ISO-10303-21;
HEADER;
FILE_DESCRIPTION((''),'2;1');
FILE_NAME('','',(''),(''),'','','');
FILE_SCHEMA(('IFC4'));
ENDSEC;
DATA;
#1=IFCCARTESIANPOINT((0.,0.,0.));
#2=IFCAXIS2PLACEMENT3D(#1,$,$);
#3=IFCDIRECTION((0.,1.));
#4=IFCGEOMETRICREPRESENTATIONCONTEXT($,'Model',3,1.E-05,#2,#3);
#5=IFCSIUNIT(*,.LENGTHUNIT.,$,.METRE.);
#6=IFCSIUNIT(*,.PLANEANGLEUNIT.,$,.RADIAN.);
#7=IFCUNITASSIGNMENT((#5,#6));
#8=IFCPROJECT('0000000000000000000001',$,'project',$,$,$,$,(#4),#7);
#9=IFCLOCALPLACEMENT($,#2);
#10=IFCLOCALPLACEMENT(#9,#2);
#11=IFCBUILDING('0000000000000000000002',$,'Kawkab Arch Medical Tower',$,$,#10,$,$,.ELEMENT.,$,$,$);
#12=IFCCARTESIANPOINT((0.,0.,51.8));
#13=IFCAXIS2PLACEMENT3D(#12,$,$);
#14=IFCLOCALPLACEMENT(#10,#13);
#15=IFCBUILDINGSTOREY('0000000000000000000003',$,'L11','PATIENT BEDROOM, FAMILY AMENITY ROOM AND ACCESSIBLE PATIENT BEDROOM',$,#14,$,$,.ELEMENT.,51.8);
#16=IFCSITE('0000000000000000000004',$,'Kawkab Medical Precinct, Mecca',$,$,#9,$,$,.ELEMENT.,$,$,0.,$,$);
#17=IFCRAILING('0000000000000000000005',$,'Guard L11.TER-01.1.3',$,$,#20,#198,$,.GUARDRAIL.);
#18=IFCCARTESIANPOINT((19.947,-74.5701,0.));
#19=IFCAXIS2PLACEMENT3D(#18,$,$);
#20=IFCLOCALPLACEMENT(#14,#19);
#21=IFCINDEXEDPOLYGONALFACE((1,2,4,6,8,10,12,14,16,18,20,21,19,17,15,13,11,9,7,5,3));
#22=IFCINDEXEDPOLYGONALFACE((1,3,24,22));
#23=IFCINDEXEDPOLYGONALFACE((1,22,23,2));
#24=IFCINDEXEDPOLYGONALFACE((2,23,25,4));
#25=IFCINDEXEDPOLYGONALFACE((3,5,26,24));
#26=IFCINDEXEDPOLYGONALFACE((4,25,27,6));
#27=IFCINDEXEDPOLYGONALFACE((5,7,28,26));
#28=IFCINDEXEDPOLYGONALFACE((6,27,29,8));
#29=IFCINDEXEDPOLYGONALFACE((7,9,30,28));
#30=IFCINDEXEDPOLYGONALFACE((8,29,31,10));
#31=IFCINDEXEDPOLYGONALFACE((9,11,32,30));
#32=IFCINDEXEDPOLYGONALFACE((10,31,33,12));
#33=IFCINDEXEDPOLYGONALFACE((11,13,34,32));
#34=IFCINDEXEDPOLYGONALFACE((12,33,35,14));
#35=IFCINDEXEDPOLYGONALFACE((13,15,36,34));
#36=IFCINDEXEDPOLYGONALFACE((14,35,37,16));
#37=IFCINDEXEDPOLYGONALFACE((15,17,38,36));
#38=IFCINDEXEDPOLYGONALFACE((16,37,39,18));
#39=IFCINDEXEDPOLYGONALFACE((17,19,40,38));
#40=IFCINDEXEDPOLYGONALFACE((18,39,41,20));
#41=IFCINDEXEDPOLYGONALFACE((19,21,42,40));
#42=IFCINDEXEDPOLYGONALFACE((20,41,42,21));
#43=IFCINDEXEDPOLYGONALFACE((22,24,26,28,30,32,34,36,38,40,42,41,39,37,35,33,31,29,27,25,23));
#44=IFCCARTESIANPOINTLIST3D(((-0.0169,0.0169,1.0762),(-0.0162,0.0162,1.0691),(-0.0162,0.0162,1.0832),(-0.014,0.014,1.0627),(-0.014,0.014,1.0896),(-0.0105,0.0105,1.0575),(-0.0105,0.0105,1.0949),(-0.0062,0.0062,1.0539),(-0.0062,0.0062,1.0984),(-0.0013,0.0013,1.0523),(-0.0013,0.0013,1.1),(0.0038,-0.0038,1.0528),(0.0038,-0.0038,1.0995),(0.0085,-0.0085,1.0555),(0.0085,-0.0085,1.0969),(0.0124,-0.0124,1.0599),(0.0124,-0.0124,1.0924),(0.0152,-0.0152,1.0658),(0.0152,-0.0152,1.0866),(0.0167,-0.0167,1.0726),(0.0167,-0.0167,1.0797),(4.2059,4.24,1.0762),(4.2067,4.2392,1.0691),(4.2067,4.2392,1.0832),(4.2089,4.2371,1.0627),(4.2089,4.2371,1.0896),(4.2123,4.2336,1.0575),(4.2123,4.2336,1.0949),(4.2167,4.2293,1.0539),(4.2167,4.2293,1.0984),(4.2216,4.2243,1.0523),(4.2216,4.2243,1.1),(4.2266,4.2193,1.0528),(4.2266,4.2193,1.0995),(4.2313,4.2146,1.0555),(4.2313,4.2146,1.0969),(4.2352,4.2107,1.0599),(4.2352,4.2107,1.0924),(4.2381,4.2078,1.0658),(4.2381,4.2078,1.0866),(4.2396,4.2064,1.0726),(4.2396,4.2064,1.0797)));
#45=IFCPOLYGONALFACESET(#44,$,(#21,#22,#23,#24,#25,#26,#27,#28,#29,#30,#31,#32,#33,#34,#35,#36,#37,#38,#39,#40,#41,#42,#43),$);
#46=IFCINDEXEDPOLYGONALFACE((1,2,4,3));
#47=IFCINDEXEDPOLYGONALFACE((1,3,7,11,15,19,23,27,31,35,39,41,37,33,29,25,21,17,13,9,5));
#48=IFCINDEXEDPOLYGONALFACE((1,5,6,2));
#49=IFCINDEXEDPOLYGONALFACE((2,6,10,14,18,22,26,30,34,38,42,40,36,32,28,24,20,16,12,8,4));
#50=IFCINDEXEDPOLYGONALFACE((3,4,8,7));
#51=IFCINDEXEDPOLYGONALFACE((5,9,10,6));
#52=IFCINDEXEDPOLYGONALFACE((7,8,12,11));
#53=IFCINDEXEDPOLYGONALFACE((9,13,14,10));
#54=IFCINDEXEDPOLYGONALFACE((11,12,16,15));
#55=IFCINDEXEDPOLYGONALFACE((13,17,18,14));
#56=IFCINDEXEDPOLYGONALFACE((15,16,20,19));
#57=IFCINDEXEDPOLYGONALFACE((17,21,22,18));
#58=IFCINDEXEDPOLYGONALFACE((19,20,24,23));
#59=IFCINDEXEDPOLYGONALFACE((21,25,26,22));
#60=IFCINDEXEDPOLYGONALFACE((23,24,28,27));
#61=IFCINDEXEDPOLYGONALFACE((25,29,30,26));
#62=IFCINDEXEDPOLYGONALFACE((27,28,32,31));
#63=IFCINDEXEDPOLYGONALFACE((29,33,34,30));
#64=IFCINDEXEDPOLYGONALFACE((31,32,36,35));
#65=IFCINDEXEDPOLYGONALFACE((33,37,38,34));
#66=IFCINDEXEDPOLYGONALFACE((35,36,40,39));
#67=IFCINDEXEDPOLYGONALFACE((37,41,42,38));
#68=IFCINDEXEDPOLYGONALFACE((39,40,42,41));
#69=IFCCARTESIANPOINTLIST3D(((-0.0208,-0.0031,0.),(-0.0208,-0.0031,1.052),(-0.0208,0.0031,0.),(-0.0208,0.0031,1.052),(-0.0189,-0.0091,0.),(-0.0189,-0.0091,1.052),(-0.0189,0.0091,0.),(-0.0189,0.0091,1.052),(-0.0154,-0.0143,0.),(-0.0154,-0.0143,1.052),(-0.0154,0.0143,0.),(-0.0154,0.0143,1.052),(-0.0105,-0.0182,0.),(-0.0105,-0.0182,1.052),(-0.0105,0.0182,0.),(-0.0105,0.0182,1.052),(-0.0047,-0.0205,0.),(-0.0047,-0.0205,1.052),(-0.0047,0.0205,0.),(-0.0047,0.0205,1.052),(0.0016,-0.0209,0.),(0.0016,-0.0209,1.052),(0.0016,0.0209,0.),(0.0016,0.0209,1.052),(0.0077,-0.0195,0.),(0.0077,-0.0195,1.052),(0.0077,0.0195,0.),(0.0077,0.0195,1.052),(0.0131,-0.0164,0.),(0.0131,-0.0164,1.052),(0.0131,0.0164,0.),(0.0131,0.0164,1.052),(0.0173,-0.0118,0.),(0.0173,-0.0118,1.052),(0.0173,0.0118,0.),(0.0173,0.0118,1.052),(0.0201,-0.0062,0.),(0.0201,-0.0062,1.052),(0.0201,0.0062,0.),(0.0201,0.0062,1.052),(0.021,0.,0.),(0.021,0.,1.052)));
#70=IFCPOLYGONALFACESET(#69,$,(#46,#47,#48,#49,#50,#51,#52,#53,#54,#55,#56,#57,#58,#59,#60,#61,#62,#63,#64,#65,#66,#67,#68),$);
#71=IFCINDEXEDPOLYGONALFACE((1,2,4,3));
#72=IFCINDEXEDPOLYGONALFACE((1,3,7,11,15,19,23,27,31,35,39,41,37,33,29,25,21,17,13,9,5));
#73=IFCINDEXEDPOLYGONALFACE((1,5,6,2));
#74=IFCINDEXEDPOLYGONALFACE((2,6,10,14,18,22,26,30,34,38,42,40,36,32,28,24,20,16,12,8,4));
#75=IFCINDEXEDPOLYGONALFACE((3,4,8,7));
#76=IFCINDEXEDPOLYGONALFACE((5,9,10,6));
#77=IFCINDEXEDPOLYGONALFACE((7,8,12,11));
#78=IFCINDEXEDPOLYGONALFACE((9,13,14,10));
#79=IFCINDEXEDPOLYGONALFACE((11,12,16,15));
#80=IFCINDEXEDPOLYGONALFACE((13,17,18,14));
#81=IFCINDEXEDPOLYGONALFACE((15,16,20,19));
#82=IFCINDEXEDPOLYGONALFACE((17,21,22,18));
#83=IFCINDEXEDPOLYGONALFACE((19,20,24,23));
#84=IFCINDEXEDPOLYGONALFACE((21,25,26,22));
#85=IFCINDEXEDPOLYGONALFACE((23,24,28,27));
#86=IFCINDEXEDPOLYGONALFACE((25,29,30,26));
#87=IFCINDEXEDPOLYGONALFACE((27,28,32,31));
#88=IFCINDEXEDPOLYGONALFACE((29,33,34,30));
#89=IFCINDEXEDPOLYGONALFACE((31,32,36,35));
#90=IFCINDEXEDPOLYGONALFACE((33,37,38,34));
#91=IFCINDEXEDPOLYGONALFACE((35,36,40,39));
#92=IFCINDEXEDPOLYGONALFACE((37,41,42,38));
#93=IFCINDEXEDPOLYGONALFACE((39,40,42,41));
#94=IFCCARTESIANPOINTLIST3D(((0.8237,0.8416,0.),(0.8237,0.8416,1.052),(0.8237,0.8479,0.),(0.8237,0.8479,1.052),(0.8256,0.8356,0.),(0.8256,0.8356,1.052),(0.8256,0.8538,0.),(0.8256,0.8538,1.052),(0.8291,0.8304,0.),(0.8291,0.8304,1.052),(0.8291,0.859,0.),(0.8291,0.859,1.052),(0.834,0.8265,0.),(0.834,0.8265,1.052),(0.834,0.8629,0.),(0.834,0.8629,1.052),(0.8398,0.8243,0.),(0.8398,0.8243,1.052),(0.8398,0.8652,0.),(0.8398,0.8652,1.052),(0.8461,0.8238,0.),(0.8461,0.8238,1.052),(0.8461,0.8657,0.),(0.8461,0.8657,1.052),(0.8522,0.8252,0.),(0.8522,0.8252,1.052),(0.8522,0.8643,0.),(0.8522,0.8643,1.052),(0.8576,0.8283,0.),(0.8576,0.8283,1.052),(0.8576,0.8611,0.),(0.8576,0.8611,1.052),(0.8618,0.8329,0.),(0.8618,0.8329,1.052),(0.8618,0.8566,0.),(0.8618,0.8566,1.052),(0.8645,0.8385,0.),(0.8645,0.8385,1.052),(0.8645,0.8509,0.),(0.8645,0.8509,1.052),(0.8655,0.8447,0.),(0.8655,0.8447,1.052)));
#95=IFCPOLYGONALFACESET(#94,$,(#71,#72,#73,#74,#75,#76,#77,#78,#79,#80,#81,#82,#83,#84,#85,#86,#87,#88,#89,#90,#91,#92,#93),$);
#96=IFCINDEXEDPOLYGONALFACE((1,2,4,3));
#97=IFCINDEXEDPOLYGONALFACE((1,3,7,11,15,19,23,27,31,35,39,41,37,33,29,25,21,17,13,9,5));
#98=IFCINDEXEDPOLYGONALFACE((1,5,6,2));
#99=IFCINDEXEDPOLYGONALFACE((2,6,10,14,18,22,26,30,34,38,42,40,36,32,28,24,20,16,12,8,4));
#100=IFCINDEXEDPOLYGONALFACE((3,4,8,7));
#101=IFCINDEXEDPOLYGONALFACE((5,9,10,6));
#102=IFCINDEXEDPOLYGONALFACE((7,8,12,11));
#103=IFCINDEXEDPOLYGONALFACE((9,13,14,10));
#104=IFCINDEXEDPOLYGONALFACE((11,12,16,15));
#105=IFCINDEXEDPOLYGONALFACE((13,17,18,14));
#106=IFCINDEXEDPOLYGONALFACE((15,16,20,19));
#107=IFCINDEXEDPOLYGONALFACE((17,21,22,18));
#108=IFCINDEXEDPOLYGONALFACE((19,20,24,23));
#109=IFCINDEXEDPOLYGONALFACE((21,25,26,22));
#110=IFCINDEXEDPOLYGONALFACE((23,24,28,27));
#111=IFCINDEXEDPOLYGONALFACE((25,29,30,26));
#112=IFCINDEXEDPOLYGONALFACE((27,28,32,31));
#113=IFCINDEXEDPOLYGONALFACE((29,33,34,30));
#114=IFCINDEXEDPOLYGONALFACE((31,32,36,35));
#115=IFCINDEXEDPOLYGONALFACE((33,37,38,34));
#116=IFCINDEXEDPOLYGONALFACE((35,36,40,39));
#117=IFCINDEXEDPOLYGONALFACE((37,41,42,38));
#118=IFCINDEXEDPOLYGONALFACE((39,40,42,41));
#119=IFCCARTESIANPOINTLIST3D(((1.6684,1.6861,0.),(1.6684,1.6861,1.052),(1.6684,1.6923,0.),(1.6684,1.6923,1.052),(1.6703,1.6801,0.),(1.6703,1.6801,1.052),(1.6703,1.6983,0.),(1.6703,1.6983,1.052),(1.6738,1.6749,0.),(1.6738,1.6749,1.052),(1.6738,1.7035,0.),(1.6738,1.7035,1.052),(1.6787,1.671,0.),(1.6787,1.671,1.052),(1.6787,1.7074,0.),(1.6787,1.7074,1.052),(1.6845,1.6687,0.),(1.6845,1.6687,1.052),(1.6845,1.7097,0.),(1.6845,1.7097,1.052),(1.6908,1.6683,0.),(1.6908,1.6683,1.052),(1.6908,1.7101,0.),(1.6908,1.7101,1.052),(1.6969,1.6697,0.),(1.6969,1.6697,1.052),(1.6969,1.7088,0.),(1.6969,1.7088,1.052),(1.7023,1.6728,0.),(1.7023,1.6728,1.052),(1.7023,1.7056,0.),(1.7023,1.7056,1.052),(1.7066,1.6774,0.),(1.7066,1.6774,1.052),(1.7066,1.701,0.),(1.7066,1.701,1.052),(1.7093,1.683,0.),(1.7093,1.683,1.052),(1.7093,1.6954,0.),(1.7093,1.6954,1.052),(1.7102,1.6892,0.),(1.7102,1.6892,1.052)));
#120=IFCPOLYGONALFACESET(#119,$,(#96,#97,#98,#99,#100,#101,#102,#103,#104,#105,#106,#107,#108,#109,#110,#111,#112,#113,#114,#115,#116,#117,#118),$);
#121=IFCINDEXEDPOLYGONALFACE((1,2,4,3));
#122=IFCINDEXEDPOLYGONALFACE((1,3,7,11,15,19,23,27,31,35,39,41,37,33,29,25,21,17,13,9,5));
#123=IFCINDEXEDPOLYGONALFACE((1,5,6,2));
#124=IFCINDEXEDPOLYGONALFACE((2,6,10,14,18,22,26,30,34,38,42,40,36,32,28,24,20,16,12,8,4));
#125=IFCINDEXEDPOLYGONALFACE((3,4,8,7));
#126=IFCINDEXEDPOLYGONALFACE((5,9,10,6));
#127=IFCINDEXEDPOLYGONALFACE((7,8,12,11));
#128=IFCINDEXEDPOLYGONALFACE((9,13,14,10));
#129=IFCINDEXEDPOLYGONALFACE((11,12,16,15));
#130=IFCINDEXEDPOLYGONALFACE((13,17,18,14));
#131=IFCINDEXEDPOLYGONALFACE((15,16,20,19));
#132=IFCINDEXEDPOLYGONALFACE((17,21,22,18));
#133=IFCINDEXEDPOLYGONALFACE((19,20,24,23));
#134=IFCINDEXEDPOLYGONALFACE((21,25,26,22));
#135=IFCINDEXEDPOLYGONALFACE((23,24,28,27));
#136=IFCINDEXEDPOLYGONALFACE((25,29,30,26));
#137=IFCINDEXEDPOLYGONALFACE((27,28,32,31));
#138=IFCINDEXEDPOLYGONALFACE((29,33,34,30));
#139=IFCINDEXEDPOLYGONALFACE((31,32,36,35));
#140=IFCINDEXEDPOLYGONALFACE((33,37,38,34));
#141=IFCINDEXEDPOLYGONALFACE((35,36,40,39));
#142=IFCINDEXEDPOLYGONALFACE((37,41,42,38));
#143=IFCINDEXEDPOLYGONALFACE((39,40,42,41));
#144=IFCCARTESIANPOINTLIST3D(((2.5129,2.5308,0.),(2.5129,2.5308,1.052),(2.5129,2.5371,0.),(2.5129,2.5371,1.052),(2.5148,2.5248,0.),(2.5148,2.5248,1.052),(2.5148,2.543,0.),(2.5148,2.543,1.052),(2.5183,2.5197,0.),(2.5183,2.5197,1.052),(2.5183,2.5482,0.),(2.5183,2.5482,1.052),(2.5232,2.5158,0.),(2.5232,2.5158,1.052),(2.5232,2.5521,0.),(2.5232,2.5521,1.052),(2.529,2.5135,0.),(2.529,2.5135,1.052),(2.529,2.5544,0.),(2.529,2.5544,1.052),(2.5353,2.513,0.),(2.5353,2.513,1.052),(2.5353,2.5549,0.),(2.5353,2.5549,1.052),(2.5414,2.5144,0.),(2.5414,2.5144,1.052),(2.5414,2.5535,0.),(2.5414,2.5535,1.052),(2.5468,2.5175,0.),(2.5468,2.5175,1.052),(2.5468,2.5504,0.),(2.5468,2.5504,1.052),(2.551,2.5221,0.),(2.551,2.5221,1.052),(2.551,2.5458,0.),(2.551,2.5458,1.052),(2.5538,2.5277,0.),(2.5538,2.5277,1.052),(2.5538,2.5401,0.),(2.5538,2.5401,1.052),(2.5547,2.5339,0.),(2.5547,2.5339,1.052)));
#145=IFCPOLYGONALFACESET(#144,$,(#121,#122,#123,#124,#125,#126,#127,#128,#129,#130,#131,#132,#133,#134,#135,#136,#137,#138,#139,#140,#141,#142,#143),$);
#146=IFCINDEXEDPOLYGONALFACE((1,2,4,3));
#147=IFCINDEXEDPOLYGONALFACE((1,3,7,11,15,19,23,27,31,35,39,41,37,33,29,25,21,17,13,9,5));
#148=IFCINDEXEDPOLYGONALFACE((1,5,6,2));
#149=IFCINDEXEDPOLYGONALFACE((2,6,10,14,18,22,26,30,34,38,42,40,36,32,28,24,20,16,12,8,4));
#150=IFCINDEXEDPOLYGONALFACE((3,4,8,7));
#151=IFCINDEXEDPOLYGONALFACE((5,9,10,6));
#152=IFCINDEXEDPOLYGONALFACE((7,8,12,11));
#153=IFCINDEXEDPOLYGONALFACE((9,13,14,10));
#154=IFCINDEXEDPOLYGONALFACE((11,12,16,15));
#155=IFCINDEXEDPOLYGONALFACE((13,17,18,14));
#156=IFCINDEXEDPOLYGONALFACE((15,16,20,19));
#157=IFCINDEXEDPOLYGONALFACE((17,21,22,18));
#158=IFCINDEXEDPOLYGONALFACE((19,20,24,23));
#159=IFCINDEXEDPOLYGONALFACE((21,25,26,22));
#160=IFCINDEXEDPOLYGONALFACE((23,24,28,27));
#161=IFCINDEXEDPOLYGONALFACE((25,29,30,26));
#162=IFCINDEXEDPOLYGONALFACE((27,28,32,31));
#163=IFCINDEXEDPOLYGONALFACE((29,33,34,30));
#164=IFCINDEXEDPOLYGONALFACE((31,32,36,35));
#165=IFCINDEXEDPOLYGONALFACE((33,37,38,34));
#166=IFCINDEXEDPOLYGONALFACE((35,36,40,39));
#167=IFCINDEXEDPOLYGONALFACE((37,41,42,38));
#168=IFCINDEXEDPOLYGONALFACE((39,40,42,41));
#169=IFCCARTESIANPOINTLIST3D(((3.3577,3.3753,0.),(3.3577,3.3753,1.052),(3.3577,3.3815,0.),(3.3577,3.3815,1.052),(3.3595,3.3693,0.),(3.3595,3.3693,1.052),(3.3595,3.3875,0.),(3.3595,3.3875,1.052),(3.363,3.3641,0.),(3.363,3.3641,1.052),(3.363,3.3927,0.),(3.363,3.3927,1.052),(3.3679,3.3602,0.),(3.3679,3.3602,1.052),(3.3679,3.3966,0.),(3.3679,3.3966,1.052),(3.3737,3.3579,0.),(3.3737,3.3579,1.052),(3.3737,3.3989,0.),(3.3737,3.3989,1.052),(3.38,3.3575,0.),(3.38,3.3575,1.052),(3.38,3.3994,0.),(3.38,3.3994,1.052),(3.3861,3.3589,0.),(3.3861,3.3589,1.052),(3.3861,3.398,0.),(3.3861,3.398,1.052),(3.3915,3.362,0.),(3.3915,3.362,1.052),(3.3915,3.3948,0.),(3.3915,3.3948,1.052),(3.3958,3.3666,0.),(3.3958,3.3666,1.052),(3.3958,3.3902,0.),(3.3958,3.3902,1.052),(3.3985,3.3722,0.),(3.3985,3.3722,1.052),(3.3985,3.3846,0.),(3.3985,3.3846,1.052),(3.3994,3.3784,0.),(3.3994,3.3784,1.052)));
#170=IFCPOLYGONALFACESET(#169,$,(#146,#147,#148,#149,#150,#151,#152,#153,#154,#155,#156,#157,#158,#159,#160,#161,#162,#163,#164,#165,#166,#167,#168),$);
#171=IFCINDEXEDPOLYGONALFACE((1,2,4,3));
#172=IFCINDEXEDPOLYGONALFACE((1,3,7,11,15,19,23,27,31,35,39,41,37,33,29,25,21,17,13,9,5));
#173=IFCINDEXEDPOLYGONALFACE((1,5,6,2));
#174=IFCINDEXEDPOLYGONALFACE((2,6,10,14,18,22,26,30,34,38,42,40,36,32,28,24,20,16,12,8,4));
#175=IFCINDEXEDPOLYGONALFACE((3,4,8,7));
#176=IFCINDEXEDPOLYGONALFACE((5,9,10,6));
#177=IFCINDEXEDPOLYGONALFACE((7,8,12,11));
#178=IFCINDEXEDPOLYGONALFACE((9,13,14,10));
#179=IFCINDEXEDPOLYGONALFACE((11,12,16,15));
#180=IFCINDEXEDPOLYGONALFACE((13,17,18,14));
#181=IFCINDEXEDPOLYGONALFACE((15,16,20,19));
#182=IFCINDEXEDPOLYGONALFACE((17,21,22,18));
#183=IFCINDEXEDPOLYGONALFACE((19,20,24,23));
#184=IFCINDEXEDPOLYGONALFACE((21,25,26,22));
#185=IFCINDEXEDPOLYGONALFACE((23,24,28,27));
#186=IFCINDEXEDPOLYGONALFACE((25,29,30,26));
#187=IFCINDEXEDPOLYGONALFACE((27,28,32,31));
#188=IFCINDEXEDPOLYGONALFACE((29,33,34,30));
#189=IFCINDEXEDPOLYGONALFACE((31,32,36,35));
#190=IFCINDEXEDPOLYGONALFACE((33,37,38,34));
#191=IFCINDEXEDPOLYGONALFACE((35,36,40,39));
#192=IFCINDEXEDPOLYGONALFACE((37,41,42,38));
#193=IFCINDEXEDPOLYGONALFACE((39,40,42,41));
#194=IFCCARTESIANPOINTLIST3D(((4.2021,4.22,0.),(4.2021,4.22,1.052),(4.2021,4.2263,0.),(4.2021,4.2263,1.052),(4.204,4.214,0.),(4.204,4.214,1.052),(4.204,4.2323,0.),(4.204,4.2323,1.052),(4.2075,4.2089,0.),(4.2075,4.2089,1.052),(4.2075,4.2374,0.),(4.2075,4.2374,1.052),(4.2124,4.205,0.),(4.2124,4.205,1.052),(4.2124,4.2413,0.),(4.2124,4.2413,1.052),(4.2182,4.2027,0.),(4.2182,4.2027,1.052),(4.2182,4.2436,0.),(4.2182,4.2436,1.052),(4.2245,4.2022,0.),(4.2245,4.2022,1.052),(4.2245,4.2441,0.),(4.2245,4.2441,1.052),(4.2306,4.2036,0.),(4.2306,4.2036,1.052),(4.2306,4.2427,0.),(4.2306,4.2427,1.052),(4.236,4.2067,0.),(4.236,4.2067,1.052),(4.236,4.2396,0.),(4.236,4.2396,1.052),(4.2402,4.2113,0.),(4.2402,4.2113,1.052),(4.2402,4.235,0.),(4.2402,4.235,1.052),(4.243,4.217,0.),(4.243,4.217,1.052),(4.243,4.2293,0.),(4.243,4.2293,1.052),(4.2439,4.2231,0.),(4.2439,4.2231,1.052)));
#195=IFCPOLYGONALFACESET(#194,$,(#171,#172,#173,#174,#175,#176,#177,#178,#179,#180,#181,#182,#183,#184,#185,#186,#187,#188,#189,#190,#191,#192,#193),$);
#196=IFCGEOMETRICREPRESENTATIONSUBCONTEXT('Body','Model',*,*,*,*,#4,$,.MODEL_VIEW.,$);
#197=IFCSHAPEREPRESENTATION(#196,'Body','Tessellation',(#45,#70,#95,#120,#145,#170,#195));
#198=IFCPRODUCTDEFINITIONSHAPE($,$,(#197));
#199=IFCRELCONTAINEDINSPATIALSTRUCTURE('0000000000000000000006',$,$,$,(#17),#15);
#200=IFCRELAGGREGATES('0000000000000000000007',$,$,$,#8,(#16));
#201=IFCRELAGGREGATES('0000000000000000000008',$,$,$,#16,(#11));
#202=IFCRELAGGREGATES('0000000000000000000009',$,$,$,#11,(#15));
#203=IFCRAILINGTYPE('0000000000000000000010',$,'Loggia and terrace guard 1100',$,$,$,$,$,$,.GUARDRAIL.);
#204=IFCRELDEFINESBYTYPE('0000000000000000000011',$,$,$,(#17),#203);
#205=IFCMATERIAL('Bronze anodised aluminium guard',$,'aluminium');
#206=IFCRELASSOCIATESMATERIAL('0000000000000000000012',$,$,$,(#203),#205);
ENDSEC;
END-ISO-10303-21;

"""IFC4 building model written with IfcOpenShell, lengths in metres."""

from ifc_helpers import new_model, si_unit, direction, frame, origin, origin_2d, place, context, subcontext, project, spatial, circle, extrude, material, type_object, element, save


model = new_model("IFC4")

# Units and contexts
model_context = context("Model", 3, precision=1e-05, world=origin(), true_north=direction((0.0, 1.0)))
body_context = subcontext(model_context, "Body", "Model", "MODEL_VIEW")
ifc_project = project(units=[si_unit("LENGTHUNIT", "METRE"), si_unit("PLANEANGLEUNIT", "RADIAN")], contexts=[model_context])

# Site, building, storey
site_placement = place(None, origin())
site = spatial("IfcSite", under=ifc_project, at=site_placement, Name="Kawkab Medical Precinct, Mecca", CompositionType="ELEMENT", RefElevation=0.0)
building_placement = place(site_placement, origin())
building = spatial("IfcBuilding", under=site, at=building_placement, Name="Kawkab Arch Medical Tower", CompositionType="ELEMENT")
storey_placement = place(building_placement, frame((0.0, 0.0, 51.8)))
storey = spatial("IfcBuildingStorey", under=building, at=storey_placement, Name="L11", Description="PATIENT BEDROOM, FAMILY AMENITY ROOM AND ACCESSIBLE PATIENT BEDROOM", CompositionType="ELEMENT", Elevation=51.8)

# Railing
ifc_material_1 = material(Name="Bronze anodised aluminium guard", Category="aluminium")
railing_type = type_object("IfcRailingType", Name="Loggia and terrace guard 1100", PredefinedType="GUARDRAIL", material=ifc_material_1)
railing_placement = place(storey_placement, frame((19.947, -74.5701, 0.0)))
element("IfcRailing", 1, at=railing_placement, inside=storey, type_object=railing_type, Name="Guard L11.TER-01.1.3", PredefinedType="GUARDRAIL", context=body_context, shape_type="SweptSolid", body=[
    extrude(circle(Radius=0.0239, at=origin_2d()), frame((0.0, 0.0, 1.0762), z_axis=(0.707086, 0.707127, 0.0), x_axis=(-0.707127, 0.707086, 0.0)), (0.0, 0.0, 1.0), 5.9722),
    extrude(circle(Radius=0.021, at=origin_2d()), origin(), (0.0, 0.0, 1.0), 1.052),
    extrude(circle(Radius=0.021, at=origin_2d()), frame((0.8445, 0.8447, 0.0)), (0.0, 0.0, 1.0), 1.052),
    extrude(circle(Radius=0.021, at=origin_2d()), frame((1.6892, 1.6892, 0.0)), (0.0, 0.0, 1.0), 1.052),
    extrude(circle(Radius=0.021, at=origin_2d()), frame((2.5337, 2.5339, 0.0)), (0.0, 0.0, 1.0), 1.052),
    extrude(circle(Radius=0.021, at=origin_2d()), frame((3.3784, 3.3784, 0.0)), (0.0, 0.0, 1.0), 1.052),
    extrude(circle(Radius=0.021, at=origin_2d()), frame((4.2229, 4.2231, 0.0)), (0.0, 0.0, 1.0), 1.052),
])

save(model, "model.ifc")
